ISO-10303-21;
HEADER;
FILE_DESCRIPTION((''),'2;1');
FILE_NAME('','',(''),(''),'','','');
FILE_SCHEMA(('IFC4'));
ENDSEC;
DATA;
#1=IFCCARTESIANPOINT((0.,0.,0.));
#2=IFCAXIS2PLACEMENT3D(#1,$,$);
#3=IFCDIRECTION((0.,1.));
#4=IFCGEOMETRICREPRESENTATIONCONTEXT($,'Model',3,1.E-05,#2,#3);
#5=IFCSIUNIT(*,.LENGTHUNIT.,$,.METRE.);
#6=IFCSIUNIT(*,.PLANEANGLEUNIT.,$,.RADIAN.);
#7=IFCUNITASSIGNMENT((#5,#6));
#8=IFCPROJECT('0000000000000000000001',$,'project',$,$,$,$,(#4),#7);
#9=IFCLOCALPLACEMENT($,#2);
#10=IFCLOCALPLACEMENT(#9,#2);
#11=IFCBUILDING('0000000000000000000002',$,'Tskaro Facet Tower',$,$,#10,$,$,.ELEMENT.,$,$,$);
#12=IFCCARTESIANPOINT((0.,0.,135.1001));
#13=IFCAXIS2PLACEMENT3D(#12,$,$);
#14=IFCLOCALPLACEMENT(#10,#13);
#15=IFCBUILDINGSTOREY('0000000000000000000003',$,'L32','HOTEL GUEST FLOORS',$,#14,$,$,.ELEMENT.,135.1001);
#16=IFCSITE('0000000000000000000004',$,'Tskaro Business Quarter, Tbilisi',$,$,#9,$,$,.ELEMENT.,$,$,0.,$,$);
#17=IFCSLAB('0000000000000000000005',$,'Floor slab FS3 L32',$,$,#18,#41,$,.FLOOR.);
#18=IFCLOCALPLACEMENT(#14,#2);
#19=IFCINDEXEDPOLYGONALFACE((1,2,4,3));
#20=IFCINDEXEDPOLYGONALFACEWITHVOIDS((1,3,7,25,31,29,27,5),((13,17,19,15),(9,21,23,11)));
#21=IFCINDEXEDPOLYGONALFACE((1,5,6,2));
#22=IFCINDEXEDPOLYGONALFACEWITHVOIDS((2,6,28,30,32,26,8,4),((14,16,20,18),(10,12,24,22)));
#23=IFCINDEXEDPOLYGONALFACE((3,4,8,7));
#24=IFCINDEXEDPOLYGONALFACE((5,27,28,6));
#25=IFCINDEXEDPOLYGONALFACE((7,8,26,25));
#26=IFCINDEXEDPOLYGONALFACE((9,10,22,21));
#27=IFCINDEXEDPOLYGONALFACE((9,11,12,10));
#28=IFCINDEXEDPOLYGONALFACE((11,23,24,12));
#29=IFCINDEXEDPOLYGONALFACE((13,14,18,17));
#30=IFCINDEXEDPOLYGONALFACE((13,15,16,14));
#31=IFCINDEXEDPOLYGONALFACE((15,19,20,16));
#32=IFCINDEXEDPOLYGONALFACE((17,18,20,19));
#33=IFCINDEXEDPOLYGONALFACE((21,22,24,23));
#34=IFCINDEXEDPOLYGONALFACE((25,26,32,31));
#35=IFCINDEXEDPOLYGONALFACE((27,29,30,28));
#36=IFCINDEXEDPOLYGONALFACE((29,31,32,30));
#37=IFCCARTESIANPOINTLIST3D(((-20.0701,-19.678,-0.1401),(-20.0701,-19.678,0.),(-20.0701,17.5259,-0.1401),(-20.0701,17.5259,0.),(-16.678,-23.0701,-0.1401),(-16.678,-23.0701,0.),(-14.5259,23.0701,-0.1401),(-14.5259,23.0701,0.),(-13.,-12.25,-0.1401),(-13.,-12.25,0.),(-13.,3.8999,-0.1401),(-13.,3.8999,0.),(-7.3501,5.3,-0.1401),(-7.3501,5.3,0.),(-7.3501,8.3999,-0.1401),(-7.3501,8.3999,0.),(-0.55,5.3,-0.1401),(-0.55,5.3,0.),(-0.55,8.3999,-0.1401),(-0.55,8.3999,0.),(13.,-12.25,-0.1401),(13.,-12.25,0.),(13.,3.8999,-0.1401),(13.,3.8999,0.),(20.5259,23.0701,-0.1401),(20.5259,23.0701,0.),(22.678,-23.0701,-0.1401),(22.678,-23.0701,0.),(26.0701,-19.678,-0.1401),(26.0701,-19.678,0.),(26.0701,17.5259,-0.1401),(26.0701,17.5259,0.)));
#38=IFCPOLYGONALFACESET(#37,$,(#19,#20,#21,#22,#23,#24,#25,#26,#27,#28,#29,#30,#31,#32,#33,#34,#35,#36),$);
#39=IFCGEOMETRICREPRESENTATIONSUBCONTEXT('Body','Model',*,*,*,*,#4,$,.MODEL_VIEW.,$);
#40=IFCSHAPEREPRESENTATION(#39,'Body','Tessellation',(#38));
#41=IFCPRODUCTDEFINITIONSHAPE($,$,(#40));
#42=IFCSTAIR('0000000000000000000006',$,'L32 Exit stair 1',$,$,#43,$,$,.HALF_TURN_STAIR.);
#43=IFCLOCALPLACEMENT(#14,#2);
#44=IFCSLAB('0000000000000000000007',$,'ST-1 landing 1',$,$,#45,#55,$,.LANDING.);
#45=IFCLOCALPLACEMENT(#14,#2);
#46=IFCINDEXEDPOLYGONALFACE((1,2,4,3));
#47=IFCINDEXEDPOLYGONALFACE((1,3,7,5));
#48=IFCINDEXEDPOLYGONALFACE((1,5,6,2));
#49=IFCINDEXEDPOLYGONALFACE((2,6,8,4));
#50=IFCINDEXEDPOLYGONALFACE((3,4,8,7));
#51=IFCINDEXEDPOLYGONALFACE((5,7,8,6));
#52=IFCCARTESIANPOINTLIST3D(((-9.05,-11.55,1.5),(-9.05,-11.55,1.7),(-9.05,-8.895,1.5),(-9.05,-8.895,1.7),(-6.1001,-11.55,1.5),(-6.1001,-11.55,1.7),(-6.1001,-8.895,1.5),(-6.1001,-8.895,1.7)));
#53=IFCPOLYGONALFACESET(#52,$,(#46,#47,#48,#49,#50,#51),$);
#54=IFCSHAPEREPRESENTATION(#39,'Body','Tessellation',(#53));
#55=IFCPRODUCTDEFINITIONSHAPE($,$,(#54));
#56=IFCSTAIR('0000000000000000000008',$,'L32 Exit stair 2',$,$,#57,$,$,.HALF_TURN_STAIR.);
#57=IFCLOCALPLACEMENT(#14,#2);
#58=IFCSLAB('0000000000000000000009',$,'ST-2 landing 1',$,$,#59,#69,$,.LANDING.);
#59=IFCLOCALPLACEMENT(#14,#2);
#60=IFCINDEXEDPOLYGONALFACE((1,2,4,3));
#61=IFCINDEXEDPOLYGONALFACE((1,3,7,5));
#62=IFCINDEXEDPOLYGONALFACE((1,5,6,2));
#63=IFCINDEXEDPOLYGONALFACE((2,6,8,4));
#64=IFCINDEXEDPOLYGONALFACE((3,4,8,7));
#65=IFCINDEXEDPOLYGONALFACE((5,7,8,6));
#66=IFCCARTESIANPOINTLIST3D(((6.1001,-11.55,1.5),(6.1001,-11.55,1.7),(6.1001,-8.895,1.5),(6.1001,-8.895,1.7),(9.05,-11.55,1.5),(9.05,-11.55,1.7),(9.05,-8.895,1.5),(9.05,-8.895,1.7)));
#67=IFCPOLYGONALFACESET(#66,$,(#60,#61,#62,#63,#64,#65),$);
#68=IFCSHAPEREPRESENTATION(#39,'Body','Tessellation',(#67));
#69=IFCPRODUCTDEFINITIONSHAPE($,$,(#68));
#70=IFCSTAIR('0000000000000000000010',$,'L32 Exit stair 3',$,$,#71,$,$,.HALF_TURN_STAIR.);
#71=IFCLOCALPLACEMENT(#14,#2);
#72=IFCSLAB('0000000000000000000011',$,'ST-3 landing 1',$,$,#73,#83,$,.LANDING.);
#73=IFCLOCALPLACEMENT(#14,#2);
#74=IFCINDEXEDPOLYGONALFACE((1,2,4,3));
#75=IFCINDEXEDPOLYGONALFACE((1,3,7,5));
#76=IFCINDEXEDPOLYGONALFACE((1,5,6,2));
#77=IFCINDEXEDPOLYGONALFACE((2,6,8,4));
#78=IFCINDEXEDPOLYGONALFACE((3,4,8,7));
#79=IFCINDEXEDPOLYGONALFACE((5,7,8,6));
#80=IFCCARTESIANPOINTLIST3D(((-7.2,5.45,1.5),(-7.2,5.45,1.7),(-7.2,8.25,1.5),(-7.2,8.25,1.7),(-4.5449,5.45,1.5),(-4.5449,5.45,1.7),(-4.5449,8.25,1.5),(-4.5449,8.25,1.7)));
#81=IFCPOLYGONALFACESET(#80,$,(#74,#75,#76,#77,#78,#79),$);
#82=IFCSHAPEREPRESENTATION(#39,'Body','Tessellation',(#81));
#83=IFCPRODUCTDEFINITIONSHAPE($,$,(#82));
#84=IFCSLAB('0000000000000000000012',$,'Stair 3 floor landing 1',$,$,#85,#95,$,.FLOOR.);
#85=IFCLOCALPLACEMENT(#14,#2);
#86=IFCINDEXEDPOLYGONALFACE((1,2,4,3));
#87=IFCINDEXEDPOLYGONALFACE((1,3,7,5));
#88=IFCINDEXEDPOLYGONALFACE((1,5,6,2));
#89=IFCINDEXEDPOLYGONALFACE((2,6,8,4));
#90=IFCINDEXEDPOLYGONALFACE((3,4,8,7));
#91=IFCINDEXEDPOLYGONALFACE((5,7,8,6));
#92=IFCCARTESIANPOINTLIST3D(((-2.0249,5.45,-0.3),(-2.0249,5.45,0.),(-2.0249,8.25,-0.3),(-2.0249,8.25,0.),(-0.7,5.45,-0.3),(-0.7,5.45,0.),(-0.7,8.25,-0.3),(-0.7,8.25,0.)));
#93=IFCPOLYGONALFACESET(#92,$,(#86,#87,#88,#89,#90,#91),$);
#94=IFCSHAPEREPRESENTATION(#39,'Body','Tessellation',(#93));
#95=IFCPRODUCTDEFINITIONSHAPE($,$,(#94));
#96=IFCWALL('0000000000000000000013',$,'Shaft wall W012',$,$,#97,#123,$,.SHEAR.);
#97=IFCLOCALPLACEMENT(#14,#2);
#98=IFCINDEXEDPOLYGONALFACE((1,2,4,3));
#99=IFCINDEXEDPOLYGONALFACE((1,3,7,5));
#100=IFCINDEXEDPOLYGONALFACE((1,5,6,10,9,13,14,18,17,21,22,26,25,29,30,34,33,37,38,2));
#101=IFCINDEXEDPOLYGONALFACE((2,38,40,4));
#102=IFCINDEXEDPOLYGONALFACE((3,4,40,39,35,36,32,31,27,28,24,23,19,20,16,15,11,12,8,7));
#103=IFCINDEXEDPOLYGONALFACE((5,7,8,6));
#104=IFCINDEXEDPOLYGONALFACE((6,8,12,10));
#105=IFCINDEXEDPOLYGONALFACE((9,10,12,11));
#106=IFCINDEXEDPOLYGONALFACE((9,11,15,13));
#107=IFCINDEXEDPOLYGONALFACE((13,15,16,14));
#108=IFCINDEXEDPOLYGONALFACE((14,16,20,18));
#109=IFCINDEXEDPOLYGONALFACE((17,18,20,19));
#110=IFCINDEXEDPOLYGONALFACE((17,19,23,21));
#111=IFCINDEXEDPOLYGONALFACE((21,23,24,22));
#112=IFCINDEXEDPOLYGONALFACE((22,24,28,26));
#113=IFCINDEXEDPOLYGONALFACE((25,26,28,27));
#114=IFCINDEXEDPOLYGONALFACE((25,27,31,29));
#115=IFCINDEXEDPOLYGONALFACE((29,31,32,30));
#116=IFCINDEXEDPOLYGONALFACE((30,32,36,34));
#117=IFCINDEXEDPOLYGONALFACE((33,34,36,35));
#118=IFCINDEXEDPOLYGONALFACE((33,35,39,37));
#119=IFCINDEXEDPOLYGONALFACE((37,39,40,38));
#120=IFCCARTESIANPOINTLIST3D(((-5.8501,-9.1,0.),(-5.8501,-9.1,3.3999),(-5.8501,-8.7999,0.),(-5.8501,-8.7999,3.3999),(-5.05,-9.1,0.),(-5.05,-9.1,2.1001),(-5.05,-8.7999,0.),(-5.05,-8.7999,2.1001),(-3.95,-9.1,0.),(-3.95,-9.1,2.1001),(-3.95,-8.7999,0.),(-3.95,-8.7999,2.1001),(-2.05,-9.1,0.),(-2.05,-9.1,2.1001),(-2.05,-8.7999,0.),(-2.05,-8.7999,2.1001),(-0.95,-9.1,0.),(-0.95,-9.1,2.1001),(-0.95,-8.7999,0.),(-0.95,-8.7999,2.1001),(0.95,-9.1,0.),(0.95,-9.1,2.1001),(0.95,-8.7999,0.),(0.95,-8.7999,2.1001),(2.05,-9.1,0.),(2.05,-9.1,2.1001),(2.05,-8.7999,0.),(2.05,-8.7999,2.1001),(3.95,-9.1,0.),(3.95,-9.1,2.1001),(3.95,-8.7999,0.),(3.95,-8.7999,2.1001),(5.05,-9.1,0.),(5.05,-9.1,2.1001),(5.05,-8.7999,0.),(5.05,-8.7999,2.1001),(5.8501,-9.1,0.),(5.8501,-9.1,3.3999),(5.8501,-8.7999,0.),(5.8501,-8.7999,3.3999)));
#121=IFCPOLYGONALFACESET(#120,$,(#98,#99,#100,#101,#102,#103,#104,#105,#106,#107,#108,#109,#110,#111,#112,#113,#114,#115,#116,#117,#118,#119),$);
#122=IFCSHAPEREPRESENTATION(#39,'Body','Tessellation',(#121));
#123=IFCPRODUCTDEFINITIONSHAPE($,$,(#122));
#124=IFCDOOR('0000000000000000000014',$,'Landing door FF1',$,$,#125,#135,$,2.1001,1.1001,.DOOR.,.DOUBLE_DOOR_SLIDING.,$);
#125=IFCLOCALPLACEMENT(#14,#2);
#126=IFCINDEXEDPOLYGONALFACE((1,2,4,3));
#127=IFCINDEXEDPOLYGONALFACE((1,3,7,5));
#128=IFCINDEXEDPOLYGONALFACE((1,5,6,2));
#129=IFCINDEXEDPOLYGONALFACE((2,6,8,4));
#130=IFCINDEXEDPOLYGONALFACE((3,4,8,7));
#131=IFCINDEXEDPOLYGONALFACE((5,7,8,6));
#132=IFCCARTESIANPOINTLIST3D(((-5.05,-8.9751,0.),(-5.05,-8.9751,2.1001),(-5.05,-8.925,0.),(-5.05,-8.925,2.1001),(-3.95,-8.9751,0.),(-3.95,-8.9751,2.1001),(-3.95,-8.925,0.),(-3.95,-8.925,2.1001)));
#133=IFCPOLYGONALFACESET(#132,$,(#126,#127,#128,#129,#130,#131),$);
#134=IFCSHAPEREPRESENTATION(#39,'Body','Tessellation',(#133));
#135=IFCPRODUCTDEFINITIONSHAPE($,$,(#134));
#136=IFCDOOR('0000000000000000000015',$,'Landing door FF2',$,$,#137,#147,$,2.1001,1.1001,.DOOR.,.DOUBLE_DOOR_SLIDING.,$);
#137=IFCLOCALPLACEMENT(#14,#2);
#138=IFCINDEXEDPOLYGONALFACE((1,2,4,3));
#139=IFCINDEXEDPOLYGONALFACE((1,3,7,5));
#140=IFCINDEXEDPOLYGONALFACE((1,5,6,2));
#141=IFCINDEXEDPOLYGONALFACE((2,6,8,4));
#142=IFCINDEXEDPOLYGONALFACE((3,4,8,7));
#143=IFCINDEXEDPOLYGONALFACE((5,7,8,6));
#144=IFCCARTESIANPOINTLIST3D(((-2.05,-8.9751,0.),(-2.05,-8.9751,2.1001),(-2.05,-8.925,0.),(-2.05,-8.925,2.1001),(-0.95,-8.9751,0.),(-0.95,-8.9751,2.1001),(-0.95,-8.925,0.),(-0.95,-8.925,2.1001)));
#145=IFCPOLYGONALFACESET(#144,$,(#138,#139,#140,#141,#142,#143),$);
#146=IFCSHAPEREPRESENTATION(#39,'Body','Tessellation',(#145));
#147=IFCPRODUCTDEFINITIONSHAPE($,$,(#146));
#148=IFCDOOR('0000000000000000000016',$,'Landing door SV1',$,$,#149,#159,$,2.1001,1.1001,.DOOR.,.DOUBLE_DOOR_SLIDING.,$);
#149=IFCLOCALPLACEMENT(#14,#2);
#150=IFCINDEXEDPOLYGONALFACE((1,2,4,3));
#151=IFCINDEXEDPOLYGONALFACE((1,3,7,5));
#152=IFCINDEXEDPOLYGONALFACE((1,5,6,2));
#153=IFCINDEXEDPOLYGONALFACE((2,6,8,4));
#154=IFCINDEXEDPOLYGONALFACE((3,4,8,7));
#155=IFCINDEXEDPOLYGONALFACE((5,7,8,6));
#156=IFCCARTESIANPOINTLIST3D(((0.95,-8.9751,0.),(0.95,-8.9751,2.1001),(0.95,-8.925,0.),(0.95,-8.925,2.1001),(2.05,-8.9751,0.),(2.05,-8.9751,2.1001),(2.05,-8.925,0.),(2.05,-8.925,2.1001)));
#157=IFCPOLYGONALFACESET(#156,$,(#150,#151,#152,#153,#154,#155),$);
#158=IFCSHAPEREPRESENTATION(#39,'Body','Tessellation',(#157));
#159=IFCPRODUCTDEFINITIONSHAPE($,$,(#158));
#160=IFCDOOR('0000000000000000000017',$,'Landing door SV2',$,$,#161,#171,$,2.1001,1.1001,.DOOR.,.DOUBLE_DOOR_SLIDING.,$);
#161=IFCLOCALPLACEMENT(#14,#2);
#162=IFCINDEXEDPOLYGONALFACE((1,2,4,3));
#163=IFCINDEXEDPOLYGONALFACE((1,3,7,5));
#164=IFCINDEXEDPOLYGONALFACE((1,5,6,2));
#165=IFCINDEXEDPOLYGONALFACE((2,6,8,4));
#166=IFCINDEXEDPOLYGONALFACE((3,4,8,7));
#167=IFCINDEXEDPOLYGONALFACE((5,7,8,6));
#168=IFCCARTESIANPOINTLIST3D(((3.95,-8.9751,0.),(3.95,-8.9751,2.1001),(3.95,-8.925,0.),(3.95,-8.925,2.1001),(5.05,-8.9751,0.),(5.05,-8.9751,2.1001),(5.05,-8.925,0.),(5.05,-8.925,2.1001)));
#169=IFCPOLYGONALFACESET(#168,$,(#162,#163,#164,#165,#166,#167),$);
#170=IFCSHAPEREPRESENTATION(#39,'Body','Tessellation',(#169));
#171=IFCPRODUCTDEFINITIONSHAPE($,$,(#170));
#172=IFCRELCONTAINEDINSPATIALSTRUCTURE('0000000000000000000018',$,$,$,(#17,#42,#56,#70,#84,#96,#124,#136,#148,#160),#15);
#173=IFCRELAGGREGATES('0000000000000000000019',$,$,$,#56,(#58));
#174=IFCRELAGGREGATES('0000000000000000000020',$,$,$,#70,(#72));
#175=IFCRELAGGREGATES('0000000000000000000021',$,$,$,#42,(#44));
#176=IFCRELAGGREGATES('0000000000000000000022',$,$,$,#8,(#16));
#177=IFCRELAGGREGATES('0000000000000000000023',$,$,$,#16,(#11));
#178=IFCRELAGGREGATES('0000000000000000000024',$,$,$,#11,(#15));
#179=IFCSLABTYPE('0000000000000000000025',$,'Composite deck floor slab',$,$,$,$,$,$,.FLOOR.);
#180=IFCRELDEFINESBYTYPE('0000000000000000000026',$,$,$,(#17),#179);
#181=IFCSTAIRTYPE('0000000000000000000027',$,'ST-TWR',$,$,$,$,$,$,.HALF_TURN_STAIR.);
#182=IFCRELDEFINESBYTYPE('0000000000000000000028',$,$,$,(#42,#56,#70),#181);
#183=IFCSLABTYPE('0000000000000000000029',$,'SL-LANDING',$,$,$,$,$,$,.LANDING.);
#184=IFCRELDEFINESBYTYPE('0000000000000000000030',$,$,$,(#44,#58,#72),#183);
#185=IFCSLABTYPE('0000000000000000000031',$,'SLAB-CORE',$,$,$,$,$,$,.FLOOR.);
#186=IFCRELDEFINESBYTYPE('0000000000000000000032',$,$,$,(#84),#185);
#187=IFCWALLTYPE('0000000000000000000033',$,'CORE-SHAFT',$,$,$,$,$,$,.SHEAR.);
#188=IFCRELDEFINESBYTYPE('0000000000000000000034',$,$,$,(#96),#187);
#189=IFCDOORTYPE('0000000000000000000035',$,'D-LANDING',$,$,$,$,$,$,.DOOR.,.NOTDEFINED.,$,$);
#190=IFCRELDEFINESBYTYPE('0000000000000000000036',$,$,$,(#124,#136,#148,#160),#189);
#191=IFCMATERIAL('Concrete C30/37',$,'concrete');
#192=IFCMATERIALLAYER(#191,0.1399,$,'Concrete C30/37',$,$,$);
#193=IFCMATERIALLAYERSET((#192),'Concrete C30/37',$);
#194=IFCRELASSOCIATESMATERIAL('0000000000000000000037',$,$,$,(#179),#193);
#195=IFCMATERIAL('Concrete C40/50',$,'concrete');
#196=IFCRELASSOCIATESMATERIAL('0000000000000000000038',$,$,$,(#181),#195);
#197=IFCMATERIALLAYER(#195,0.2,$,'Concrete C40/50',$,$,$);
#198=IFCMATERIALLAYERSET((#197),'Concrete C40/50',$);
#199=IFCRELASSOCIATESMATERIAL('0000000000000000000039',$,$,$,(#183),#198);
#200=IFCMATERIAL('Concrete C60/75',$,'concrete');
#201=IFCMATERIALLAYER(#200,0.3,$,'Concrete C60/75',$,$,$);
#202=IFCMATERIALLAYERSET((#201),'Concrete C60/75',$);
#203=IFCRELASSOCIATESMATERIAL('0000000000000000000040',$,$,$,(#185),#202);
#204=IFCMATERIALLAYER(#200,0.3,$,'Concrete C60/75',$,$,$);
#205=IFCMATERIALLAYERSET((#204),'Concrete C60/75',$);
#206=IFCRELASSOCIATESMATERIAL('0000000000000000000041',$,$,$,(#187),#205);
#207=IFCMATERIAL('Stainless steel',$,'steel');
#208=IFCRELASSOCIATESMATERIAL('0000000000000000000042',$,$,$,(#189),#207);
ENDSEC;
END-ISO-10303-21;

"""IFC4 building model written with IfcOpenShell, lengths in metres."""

from ifc_helpers import new_model, si_unit, direction, frame, frame_2d, origin, place, context, subcontext, project, spatial, polyline, rectangle, outline, extrude, material, layer, layer_set, type_object, element, fill, aggregate, save


model = new_model("IFC4")

# Units and contexts
model_context = context("Model", 3, precision=1e-05, world=origin(), true_north=direction((0.0, 1.0)))
body_context = subcontext(model_context, "Body", "Model", "MODEL_VIEW")
ifc_project = project(units=[si_unit("LENGTHUNIT", "METRE"), si_unit("PLANEANGLEUNIT", "RADIAN")], contexts=[model_context])

# Site, building, storey
site_placement = place(None, origin())
site = spatial("IfcSite", under=ifc_project, at=site_placement, Name="Tskaro Business Quarter, Tbilisi", CompositionType="ELEMENT", RefElevation=0.0)
building_placement = place(site_placement, origin())
building = spatial("IfcBuilding", under=site, at=building_placement, Name="Tskaro Facet Tower", CompositionType="ELEMENT")
storey_placement = place(building_placement, frame((0.0, 0.0, 135.1001)))
storey = spatial("IfcBuildingStorey", under=building, at=storey_placement, Name="L32", Description="HOTEL GUEST FLOORS", CompositionType="ELEMENT", Elevation=135.1001)

# Slab
ifc_material_1 = material(Name="Concrete C30/37", Category="concrete")
ifc_layer_1 = layer(ifc_material_1, 0.1399, Name="Concrete C30/37")
ifc_layer_set_1 = layer_set([ifc_layer_1], Name="Concrete C30/37")
slab_type_1 = type_object("IfcSlabType", Name="Composite deck floor slab", PredefinedType="FLOOR", material=ifc_layer_set_1)
slab_1_placement = place(storey_placement, frame((0.0, 0.0, -0.1401)))
element("IfcSlab", 1, at=slab_1_placement, inside=storey, type_object=slab_type_1, Name="Floor slab FS3 L32", PredefinedType="FLOOR", context=body_context, shape_type="SweptSolid", body=[
    extrude(outline(polyline([(-16.678, -23.0701), (22.678, -23.0701), (26.0701, -19.678), (26.0701, 17.5259), (20.5259, 23.0701), (-14.5259, 23.0701), (-20.0701, 17.5259), (-20.0701, -19.678), (-16.678, -23.0701)]), holes=[polyline([(-13.0, -12.25), (13.0, -12.25), (13.0, 3.8999), (-13.0, 3.8999), (-13.0, -12.25)]), polyline([(-7.3501, 5.3), (-0.55, 5.3), (-0.55, 8.3999), (-7.3501, 8.3999), (-7.3501, 5.3)])]), origin(), (0.0, 0.0, 1.0), 0.1401),
])

# Stairs, slabs
ifc_material_2 = material(Name="Concrete C40/50", Category="concrete")
stair_type = type_object("IfcStairType", Name="ST-TWR", PredefinedType="HALF_TURN_STAIR", material=ifc_material_2)
stair_1_placement = place(storey_placement, origin())
stair_1 = element("IfcStair", 2, at=stair_1_placement, inside=storey, type_object=stair_type, Name="L32 Exit stair 1", PredefinedType="HALF_TURN_STAIR")
ifc_layer_2 = layer(ifc_material_2, 0.2, Name="Concrete C40/50")
ifc_layer_set_2 = layer_set([ifc_layer_2], Name="Concrete C40/50")
slab_type_2 = type_object("IfcSlabType", Name="SL-LANDING", PredefinedType="LANDING", material=ifc_layer_set_2)
slab_2_placement = place(storey_placement, frame((0.0, 0.0, 1.5)))
slab_2 = element("IfcSlab", 3, at=slab_2_placement, type_object=slab_type_2, Name="ST-1 landing 1", PredefinedType="LANDING", context=body_context, shape_type="SweptSolid", body=[
    extrude(outline(polyline([(-9.05, -11.55), (-6.1001, -11.55), (-6.1001, -8.895), (-9.05, -8.895), (-9.05, -11.55)])), origin(), (0.0, 0.0, 1.0), 0.2),
])
stair_2_placement = place(storey_placement, origin())
stair_2 = element("IfcStair", 4, at=stair_2_placement, inside=storey, type_object=stair_type, Name="L32 Exit stair 2", PredefinedType="HALF_TURN_STAIR")
slab_3_placement = place(storey_placement, frame((0.0, 0.0, 1.5)))
slab_3 = element("IfcSlab", 5, at=slab_3_placement, type_object=slab_type_2, Name="ST-2 landing 1", PredefinedType="LANDING", context=body_context, shape_type="SweptSolid", body=[
    extrude(outline(polyline([(6.1001, -11.55), (9.05, -11.55), (9.05, -8.895), (6.1001, -8.895), (6.1001, -11.55)])), origin(), (0.0, 0.0, 1.0), 0.2),
])
aggregate(stair_2, [slab_3])
stair_3_placement = place(storey_placement, origin())
stair_3 = element("IfcStair", 6, at=stair_3_placement, inside=storey, type_object=stair_type, Name="L32 Exit stair 3", PredefinedType="HALF_TURN_STAIR")
slab_4_placement = place(storey_placement, frame((0.0, 0.0, 1.5)))
slab_4 = element("IfcSlab", 7, at=slab_4_placement, type_object=slab_type_2, Name="ST-3 landing 1", PredefinedType="LANDING", context=body_context, shape_type="SweptSolid", body=[
    extrude(outline(polyline([(-7.2, 5.45), (-4.5449, 5.45), (-4.5449, 8.25), (-7.2, 8.25), (-7.2, 5.45)])), origin(), (0.0, 0.0, 1.0), 0.2),
])
aggregate(stair_3, [slab_4])

# Slab
ifc_material_3 = material(Name="Concrete C60/75", Category="concrete")
ifc_layer_3 = layer(ifc_material_3, 0.3, Name="Concrete C60/75")
ifc_layer_set_3 = layer_set([ifc_layer_3], Name="Concrete C60/75")
slab_type_3 = type_object("IfcSlabType", Name="SLAB-CORE", PredefinedType="FLOOR", material=ifc_layer_set_3)
slab_5_placement = place(storey_placement, frame((0.0, 0.0, -0.3)))
element("IfcSlab", 8, at=slab_5_placement, inside=storey, type_object=slab_type_3, Name="Stair 3 floor landing 1", PredefinedType="FLOOR", context=body_context, shape_type="SweptSolid", body=[
    extrude(outline(polyline([(-2.0249, 5.45), (-0.7, 5.45), (-0.7, 8.25), (-2.0249, 8.25), (-2.0249, 5.45)])), origin(), (0.0, 0.0, 1.0), 0.3),
])

# Wall, openings, doors
ifc_layer_4 = layer(ifc_material_3, 0.3, Name="Concrete C60/75")
ifc_layer_set_4 = layer_set([ifc_layer_4], Name="Concrete C60/75")
wall_type_1 = type_object("IfcWallType", Name="CORE-SHAFT", PredefinedType="SHEAR", material=ifc_layer_set_4)
wall_1_placement = place(storey_placement, frame((-5.8501, -8.95, 0.0), z_axis=(0.0, 0.0, 1.0), x_axis=(1.0, 0.0, 0.0)))
wall_1 = element("IfcWall", 9, at=wall_1_placement, inside=storey, type_object=wall_type_1, Name="Shaft wall W012", PredefinedType="SHEAR", context=body_context, shape_type="SweptSolid", body=[
    extrude(rectangle(XDim=11.7002, YDim=0.3, at=frame_2d((5.8501, 0.0))), origin(), (0.0, 0.0, 1.0), 3.3999),
])
opening_1_placement = place(wall_1_placement, frame((0.8, 0.0, 0.0)))
opening_1 = element("IfcOpeningElement", 10, at=opening_1_placement, cuts=wall_1, PredefinedType="OPENING", context=body_context, shape_type="SweptSolid", body=[
    extrude(rectangle(XDim=1.1001, YDim=2.1001, at=frame_2d((0.55, 1.05))), frame((0.0, 0.1599, 0.0), z_axis=(0.0, -1.0, 0.0), x_axis=(1.0, 0.0, 0.0)), (0.0, 0.0, 1.0), 0.3201),
])
opening_2_placement = place(wall_1_placement, frame((3.8, 0.0, 0.0)))
opening_2 = element("IfcOpeningElement", 11, at=opening_2_placement, cuts=wall_1, PredefinedType="OPENING", context=body_context, shape_type="SweptSolid", body=[
    extrude(rectangle(XDim=1.1001, YDim=2.1001, at=frame_2d((0.55, 1.05))), frame((0.0, 0.1599, 0.0), z_axis=(0.0, -1.0, 0.0), x_axis=(1.0, 0.0, 0.0)), (0.0, 0.0, 1.0), 0.3201),
])
opening_3_placement = place(wall_1_placement, frame((6.8, 0.0, 0.0)))
opening_3 = element("IfcOpeningElement", 12, at=opening_3_placement, cuts=wall_1, PredefinedType="OPENING", context=body_context, shape_type="SweptSolid", body=[
    extrude(rectangle(XDim=1.1001, YDim=2.1001, at=frame_2d((0.55, 1.05))), frame((0.0, 0.1599, 0.0), z_axis=(0.0, -1.0, 0.0), x_axis=(1.0, 0.0, 0.0)), (0.0, 0.0, 1.0), 0.3201),
])
opening_4_placement = place(wall_1_placement, frame((9.8, 0.0, 0.0)))
opening_4 = element("IfcOpeningElement", 13, at=opening_4_placement, cuts=wall_1, PredefinedType="OPENING", context=body_context, shape_type="SweptSolid", body=[
    extrude(rectangle(XDim=1.1001, YDim=2.1001, at=frame_2d((0.55, 1.05))), frame((0.0, 0.1599, 0.0), z_axis=(0.0, -1.0, 0.0), x_axis=(1.0, 0.0, 0.0)), (0.0, 0.0, 1.0), 0.3201),
])
ifc_material_4 = material(Name="Stainless steel", Category="steel")
door_type_1 = type_object("IfcDoorType", Name="D-LANDING", OperationType="NOTDEFINED", PredefinedType="DOOR", material=ifc_material_4)
door_1_placement = place(opening_1_placement, origin())
door_1 = element("IfcDoor", 14, at=door_1_placement, inside=storey, type_object=door_type_1, Name="Landing door FF1", OperationType="DOUBLE_DOOR_SLIDING", OverallHeight=2.1001, OverallWidth=1.1001, PredefinedType="DOOR", context=body_context, shape_type="SweptSolid", body=[
    extrude(rectangle(XDim=1.1001, YDim=2.1001, at=frame_2d((0.55, 1.05))), frame((0.0, 0.0249, 0.0), z_axis=(0.0, -1.0, 0.0), x_axis=(1.0, 0.0, 0.0)), (0.0, 0.0, 1.0), 0.05),
])
fill(opening_1, door_1)
door_2_placement = place(opening_2_placement, origin())
door_2 = element("IfcDoor", 15, at=door_2_placement, inside=storey, type_object=door_type_1, Name="Landing door FF2", OperationType="DOUBLE_DOOR_SLIDING", OverallHeight=2.1001, OverallWidth=1.1001, PredefinedType="DOOR", context=body_context, shape_type="SweptSolid", body=[
    extrude(rectangle(XDim=1.1001, YDim=2.1001, at=frame_2d((0.55, 1.05))), frame((0.0, 0.0249, 0.0), z_axis=(0.0, -1.0, 0.0), x_axis=(1.0, 0.0, 0.0)), (0.0, 0.0, 1.0), 0.05),
])
fill(opening_2, door_2)
door_3_placement = place(opening_3_placement, origin())
door_3 = element("IfcDoor", 16, at=door_3_placement, inside=storey, type_object=door_type_1, Name="Landing door SV1", OperationType="DOUBLE_DOOR_SLIDING", OverallHeight=2.1001, OverallWidth=1.1001, PredefinedType="DOOR", context=body_context, shape_type="SweptSolid", body=[
    extrude(rectangle(XDim=1.1001, YDim=2.1001, at=frame_2d((0.55, 1.05))), frame((0.0, 0.0249, 0.0), z_axis=(0.0, -1.0, 0.0), x_axis=(1.0, 0.0, 0.0)), (0.0, 0.0, 1.0), 0.05),
])
fill(opening_3, door_3)
door_4_placement = place(opening_4_placement, origin())
door_4 = element("IfcDoor", 17, at=door_4_placement, inside=storey, type_object=door_type_1, Name="Landing door SV2", OperationType="DOUBLE_DOOR_SLIDING", OverallHeight=2.1001, OverallWidth=1.1001, PredefinedType="DOOR", context=body_context, shape_type="SweptSolid", body=[
    extrude(rectangle(XDim=1.1001, YDim=2.1001, at=frame_2d((0.55, 1.05))), frame((0.0, 0.0249, 0.0), z_axis=(0.0, -1.0, 0.0), x_axis=(1.0, 0.0, 0.0)), (0.0, 0.0, 1.0), 0.05),
])
fill(opening_4, door_4)

aggregate(stair_1, [slab_2])

save(model, "model.ifc")
